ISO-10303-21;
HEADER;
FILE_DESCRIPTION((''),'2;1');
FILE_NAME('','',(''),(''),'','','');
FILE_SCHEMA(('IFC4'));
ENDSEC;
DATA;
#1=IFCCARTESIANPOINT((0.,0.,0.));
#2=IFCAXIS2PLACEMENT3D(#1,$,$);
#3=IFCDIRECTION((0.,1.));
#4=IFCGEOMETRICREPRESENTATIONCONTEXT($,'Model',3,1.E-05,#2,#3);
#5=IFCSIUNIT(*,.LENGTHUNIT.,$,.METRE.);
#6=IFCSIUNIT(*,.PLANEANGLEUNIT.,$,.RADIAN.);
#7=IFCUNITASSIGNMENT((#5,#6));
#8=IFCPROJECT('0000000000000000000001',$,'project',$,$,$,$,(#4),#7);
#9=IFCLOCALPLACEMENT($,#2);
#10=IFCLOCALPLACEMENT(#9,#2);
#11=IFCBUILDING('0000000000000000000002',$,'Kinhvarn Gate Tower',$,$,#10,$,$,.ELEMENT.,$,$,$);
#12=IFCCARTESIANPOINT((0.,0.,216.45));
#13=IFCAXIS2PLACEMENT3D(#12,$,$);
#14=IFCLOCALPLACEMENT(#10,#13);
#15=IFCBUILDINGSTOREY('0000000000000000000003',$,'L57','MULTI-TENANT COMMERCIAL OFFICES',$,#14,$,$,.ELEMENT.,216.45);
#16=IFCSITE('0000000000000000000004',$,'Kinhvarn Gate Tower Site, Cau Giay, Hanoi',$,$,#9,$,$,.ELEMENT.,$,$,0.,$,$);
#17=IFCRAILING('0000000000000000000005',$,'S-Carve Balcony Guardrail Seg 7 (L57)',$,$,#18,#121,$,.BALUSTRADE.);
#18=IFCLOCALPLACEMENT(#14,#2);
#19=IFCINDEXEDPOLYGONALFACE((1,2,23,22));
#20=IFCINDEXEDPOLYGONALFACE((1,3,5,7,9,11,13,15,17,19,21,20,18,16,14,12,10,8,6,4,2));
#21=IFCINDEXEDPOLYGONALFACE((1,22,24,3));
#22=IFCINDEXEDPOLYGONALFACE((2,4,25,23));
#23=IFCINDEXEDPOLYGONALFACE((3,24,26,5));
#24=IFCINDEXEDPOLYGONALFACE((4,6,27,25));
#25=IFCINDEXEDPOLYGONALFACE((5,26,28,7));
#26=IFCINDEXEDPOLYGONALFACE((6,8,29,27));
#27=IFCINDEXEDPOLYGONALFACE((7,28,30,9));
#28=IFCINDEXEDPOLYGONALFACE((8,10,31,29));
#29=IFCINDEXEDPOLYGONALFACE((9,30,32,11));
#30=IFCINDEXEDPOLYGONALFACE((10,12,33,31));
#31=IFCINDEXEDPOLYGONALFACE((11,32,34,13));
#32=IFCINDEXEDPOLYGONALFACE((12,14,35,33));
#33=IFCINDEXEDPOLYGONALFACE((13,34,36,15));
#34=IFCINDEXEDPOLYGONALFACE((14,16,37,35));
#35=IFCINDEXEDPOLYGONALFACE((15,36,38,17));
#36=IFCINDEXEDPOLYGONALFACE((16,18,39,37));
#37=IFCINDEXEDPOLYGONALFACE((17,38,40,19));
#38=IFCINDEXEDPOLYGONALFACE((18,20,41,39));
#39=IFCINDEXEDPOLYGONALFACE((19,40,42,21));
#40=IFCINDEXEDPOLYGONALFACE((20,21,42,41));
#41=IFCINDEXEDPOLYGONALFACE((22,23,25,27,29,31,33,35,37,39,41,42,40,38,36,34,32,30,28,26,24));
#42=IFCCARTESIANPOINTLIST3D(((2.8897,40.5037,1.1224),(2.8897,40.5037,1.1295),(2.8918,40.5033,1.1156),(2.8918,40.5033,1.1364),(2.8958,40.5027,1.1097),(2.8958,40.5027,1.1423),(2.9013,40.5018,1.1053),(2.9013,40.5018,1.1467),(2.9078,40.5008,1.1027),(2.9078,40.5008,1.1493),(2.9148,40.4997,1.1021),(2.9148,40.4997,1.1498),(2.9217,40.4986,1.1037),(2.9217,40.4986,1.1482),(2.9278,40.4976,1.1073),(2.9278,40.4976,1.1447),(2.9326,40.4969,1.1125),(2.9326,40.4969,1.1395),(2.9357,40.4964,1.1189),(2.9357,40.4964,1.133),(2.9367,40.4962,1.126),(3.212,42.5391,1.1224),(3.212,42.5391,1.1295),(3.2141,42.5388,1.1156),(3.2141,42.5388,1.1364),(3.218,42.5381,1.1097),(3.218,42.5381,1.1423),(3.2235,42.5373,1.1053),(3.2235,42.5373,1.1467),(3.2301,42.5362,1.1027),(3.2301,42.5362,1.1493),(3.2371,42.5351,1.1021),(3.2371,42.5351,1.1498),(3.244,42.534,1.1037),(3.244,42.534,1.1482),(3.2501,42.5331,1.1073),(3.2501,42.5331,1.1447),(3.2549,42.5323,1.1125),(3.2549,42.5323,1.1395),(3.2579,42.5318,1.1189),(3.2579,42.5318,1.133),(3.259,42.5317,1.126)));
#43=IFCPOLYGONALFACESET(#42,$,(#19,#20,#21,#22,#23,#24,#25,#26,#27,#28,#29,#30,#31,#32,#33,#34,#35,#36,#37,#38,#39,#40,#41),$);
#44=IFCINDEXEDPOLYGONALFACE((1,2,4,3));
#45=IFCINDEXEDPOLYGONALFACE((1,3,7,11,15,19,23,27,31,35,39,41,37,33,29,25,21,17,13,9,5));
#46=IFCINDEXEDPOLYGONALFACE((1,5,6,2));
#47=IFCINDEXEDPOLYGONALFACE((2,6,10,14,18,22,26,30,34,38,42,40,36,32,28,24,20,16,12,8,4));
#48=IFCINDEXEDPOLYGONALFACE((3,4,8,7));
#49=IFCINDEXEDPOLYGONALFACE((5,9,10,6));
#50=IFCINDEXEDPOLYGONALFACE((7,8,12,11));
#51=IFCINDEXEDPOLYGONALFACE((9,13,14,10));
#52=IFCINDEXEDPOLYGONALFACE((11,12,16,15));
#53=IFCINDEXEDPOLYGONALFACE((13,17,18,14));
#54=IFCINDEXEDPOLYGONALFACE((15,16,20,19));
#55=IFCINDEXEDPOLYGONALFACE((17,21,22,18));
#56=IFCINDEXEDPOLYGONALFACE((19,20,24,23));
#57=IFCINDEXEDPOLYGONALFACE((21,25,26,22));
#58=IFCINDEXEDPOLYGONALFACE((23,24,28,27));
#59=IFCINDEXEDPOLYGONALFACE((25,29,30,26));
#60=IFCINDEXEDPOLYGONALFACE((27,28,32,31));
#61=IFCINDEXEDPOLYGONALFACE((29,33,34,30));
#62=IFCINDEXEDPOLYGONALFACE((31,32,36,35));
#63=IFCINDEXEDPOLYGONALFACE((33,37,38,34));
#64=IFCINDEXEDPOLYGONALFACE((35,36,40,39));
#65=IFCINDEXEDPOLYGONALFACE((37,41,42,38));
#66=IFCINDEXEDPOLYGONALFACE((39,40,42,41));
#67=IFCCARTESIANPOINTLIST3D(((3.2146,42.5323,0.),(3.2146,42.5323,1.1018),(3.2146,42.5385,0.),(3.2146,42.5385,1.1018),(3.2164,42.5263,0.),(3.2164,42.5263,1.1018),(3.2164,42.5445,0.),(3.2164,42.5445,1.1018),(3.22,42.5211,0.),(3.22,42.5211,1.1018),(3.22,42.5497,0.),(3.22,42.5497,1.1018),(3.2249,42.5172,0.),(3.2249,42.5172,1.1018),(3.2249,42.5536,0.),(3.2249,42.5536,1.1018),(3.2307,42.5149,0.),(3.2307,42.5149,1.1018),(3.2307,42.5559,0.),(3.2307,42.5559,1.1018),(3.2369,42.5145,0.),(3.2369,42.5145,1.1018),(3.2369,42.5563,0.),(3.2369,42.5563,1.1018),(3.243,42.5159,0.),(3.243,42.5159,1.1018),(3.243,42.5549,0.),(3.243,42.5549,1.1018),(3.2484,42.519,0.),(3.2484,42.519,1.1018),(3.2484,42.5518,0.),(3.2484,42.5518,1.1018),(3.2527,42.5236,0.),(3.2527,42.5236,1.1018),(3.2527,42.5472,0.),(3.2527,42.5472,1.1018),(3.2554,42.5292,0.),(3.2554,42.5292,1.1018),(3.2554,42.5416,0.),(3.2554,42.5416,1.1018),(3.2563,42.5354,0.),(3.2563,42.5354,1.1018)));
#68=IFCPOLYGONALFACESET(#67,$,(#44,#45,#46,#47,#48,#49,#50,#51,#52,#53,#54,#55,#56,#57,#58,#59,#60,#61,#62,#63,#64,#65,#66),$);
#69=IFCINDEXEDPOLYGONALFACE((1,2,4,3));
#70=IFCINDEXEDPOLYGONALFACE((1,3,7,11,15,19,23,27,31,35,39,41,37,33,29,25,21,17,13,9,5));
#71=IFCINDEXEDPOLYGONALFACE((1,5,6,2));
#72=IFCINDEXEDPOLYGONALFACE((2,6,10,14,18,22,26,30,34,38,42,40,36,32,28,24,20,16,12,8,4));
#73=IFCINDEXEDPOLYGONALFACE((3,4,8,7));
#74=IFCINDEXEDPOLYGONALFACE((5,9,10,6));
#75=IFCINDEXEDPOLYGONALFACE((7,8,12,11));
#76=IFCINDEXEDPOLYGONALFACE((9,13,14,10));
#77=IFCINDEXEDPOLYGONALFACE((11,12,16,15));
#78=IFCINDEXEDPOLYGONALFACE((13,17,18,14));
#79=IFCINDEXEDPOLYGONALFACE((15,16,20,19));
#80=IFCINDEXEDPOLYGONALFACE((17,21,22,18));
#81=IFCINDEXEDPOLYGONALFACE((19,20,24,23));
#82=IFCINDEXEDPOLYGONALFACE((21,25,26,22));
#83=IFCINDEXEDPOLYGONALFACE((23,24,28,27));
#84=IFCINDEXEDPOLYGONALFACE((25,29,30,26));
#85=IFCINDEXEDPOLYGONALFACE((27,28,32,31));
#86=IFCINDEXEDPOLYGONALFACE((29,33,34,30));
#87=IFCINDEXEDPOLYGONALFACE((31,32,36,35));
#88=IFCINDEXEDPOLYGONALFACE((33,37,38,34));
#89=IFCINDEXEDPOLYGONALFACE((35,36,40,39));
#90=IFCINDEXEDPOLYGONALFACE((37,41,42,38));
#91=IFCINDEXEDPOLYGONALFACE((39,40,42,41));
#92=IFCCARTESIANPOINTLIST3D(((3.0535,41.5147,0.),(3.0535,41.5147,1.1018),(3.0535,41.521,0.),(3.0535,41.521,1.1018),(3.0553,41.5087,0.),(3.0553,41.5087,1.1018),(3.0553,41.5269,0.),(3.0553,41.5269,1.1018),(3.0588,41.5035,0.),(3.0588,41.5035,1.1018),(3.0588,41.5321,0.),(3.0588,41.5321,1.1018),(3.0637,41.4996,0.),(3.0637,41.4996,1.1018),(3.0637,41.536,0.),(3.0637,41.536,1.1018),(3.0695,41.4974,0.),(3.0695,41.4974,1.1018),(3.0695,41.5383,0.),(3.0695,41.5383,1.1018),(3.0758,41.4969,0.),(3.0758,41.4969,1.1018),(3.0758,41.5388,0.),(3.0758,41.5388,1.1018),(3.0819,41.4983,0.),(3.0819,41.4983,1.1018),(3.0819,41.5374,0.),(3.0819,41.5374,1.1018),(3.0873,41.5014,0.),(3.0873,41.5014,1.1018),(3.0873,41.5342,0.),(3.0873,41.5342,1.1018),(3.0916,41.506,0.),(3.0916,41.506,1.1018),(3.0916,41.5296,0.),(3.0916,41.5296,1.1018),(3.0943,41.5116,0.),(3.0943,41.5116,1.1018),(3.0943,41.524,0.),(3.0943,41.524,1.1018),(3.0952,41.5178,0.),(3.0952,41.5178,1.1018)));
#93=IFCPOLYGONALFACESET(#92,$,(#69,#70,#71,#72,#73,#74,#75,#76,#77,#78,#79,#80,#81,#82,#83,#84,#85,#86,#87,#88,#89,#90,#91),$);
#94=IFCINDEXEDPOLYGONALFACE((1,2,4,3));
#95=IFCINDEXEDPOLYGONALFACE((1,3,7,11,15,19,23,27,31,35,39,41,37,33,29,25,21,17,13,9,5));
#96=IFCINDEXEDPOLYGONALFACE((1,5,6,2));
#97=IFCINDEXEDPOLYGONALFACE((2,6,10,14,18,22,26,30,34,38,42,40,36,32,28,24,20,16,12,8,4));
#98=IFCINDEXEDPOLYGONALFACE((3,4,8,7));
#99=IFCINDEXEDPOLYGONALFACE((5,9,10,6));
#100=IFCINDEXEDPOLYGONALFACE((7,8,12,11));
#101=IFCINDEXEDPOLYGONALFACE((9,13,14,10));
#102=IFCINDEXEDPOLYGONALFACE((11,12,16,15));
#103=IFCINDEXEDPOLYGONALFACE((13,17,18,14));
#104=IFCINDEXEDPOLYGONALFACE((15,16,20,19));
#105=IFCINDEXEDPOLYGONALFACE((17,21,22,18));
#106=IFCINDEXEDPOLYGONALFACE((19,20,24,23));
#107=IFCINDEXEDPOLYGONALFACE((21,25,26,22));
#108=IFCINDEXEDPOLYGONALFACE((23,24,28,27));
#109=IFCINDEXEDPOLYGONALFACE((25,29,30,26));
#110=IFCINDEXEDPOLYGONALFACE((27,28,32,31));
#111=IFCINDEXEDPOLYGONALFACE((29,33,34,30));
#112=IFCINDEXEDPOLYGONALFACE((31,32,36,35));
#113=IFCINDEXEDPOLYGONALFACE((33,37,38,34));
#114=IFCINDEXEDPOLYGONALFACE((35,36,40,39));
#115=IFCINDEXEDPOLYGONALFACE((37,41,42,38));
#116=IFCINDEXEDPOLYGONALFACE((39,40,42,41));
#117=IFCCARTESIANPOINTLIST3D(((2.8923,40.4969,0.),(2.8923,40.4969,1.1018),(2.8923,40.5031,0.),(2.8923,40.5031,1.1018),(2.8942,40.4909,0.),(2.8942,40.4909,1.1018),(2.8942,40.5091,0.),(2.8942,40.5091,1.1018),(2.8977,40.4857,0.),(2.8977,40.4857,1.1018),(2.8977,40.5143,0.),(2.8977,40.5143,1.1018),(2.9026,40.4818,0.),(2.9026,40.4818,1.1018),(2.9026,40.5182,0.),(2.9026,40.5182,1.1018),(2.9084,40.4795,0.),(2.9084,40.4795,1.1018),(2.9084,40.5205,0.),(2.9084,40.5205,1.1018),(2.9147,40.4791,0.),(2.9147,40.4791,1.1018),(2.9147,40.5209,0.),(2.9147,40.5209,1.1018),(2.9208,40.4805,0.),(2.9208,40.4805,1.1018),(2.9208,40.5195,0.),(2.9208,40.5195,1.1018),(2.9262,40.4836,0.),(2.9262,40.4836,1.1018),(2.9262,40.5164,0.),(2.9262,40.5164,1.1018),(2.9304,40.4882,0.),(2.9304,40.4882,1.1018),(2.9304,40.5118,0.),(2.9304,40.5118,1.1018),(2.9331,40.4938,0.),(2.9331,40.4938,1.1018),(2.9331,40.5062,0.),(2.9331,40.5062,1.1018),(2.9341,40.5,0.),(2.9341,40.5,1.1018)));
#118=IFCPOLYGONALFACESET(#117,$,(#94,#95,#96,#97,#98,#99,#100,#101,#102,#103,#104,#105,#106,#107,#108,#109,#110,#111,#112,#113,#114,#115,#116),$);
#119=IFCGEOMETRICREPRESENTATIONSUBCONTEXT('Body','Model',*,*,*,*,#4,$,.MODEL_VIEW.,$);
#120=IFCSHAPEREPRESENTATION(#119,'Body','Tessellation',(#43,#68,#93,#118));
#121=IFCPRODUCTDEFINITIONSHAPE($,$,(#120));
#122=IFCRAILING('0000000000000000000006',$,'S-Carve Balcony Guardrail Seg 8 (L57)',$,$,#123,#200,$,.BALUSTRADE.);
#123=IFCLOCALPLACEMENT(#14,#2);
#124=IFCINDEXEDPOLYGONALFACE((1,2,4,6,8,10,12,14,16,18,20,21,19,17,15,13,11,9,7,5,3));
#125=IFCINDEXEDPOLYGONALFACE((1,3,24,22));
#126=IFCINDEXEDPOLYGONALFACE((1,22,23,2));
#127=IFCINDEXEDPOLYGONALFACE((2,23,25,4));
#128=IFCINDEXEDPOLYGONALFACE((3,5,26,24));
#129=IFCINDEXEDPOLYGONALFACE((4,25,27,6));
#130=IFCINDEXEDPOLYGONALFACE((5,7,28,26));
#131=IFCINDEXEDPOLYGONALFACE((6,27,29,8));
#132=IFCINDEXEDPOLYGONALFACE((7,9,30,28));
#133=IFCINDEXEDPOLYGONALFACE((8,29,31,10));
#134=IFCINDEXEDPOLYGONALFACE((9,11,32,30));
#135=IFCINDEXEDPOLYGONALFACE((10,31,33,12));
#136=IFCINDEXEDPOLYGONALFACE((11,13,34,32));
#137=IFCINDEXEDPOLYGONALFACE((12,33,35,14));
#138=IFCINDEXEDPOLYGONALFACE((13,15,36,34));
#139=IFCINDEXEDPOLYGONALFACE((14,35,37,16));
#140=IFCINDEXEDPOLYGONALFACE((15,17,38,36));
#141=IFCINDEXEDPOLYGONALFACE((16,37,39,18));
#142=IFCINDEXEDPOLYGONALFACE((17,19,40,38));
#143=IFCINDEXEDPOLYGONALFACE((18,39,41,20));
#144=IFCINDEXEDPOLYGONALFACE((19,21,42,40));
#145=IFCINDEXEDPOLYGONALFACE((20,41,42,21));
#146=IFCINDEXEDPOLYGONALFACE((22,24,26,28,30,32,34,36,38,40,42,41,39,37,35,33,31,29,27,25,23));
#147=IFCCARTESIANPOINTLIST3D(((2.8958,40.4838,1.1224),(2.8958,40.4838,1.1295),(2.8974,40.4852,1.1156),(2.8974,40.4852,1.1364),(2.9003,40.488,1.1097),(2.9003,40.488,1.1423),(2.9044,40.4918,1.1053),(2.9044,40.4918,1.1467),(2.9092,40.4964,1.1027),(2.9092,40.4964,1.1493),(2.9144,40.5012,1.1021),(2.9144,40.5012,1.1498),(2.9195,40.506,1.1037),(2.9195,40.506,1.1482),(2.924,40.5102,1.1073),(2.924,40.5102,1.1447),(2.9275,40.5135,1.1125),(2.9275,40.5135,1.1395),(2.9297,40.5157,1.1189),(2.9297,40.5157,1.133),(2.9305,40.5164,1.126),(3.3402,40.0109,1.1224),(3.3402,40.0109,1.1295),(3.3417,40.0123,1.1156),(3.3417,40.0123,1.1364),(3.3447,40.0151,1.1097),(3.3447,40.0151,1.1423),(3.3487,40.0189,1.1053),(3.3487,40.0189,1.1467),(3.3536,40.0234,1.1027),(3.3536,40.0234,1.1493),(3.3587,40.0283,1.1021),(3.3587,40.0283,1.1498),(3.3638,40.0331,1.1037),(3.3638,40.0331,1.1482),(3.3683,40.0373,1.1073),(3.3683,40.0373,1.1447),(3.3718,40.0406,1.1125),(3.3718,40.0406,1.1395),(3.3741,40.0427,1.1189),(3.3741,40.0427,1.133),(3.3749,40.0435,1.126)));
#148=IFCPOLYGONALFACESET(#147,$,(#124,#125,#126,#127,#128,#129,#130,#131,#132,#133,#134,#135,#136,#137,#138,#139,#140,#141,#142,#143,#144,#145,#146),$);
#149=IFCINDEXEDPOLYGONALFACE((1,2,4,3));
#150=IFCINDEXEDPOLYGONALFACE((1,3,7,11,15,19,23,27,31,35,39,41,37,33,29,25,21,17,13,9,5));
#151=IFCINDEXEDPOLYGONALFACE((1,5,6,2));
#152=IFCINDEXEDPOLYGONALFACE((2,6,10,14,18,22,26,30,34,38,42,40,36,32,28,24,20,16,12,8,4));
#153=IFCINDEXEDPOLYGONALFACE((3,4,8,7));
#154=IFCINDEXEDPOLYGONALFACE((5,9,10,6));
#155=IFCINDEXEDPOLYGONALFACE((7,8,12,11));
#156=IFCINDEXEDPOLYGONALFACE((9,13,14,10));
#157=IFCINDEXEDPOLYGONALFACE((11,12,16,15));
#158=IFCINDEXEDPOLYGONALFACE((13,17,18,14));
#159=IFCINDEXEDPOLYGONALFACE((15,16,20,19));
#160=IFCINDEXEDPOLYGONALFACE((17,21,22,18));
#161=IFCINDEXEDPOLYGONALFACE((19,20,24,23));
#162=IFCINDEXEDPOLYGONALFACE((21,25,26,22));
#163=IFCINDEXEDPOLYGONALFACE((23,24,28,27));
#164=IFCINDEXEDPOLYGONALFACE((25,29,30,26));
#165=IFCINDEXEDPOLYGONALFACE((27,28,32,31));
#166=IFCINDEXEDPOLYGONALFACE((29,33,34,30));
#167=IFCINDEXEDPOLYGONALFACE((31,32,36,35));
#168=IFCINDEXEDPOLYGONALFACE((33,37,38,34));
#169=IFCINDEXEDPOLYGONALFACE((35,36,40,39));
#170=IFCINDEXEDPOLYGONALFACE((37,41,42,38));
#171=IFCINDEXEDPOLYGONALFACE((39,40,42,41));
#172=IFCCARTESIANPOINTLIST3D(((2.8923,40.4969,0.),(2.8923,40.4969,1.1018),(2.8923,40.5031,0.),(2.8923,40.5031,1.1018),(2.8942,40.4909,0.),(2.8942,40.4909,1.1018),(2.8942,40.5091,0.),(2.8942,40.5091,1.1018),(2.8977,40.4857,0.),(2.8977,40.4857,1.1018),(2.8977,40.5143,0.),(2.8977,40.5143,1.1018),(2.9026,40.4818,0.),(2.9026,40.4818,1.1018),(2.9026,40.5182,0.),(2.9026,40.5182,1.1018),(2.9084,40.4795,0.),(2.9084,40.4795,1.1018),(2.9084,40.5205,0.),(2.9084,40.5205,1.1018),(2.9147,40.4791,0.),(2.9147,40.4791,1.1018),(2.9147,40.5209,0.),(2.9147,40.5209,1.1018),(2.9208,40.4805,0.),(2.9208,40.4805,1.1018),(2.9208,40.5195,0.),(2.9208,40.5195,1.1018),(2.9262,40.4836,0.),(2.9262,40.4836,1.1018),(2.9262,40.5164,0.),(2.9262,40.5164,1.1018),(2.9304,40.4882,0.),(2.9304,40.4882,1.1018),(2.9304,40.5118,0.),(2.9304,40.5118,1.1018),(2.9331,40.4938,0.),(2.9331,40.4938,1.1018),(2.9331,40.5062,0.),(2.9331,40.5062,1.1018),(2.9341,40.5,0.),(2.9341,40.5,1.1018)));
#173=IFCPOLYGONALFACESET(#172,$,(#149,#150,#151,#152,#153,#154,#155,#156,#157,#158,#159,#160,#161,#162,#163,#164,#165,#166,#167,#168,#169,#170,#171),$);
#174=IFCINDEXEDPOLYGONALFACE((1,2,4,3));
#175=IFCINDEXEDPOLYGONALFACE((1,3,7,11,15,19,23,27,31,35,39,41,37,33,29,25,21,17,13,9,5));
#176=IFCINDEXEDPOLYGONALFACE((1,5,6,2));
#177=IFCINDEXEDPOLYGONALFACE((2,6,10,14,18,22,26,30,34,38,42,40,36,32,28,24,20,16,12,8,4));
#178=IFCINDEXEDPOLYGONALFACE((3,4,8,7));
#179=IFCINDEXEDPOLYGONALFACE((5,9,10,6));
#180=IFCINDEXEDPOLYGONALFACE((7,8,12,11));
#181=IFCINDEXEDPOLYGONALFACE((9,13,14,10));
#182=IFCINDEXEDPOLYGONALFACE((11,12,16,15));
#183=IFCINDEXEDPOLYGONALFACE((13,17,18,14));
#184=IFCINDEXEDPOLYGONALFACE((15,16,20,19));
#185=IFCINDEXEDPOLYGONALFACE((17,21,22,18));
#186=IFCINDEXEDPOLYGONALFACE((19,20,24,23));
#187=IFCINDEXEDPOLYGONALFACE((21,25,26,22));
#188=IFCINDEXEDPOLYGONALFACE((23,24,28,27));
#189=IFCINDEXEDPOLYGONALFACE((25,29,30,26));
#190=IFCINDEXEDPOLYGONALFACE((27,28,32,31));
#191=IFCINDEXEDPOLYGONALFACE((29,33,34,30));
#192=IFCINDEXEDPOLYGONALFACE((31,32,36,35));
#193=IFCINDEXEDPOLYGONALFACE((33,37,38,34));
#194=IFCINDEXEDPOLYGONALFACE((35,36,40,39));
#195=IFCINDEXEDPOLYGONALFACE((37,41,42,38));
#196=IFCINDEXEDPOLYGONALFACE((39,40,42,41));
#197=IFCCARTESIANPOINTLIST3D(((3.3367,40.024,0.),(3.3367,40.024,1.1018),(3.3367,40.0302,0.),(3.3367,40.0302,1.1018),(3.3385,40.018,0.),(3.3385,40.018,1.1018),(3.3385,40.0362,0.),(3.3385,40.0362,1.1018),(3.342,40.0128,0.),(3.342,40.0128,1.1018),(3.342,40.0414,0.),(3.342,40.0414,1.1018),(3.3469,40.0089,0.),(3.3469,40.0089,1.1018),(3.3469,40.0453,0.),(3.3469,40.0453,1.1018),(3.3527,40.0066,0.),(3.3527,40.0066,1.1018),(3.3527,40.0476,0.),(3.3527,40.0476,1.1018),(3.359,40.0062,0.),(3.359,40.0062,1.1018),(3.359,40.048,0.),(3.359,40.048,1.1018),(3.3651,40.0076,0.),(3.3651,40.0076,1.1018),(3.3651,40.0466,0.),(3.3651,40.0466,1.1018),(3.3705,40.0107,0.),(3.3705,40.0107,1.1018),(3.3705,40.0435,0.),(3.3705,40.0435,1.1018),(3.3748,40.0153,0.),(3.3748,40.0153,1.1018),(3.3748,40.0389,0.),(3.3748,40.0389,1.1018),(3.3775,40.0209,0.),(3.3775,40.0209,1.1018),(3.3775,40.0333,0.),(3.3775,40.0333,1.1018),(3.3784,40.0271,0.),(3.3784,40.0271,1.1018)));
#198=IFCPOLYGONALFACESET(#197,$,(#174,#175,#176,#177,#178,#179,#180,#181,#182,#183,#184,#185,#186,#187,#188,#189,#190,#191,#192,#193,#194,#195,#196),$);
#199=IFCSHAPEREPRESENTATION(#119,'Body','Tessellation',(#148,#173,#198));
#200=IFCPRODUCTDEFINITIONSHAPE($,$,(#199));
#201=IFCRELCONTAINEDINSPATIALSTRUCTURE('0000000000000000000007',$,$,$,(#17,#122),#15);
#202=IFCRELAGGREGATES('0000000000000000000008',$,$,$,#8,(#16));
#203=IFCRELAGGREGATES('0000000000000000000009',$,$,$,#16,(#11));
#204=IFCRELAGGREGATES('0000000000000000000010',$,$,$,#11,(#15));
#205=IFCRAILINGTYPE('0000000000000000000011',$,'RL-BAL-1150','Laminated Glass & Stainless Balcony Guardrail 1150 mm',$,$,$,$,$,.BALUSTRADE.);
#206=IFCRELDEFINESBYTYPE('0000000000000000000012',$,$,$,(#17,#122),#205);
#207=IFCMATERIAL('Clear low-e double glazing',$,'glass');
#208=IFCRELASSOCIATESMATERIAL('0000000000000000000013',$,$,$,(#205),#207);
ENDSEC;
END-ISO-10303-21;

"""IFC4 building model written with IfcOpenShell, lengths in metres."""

from ifc_helpers import new_model, si_unit, direction, frame, origin, origin_2d, place, context, subcontext, project, spatial, circle, extrude, material, type_object, element, save


model = new_model("IFC4")

# Units and contexts
model_context = context("Model", 3, precision=1e-05, world=origin(), true_north=direction((0.0, 1.0)))
body_context = subcontext(model_context, "Body", "Model", "MODEL_VIEW")
ifc_project = project(units=[si_unit("LENGTHUNIT", "METRE"), si_unit("PLANEANGLEUNIT", "RADIAN")], contexts=[model_context])

# Site, building, storey
site_placement = place(None, origin())
site = spatial("IfcSite", under=ifc_project, at=site_placement, Name="Kinhvarn Gate Tower Site, Cau Giay, Hanoi", CompositionType="ELEMENT", RefElevation=0.0)
building_placement = place(site_placement, origin())
building = spatial("IfcBuilding", under=site, at=building_placement, Name="Kinhvarn Gate Tower", CompositionType="ELEMENT")
storey_placement = place(building_placement, frame((0.0, 0.0, 216.45)))
storey = spatial("IfcBuildingStorey", under=building, at=storey_placement, Name="L57", Description="MULTI-TENANT COMMERCIAL OFFICES", CompositionType="ELEMENT", Elevation=216.45)

# Shared definitions
ifc_material_1 = material(Name="Clear low-e double glazing", Category="glass")

# Railings
railing_type = type_object("IfcRailingType", Name="RL-BAL-1150", Description="Laminated Glass & Stainless Balcony Guardrail 1150 mm", PredefinedType="BALUSTRADE", material=ifc_material_1)
railing_1_placement = place(storey_placement, frame((3.2354, 42.5354, 0.0)))
element("IfcRailing", 1, at=railing_1_placement, inside=storey, type_object=railing_type, Name="S-Carve Balcony Guardrail Seg 7 (L57)", PredefinedType="BALUSTRADE", context=body_context, shape_type="SweptSolid", body=[
    extrude(circle(Radius=0.0239, at=origin_2d()), frame((0.0, 0.0, 1.126), z_axis=(-0.156382, -0.987697, 0.0), x_axis=(0.987697, -0.156382, 0.0)), (0.0, 0.0, 1.0), 2.0608),
    extrude(circle(Radius=0.021, at=origin_2d()), origin(), (0.0, 0.0, 1.0), 1.1018),
    extrude(circle(Radius=0.021, at=origin_2d()), frame((-0.1611, -1.0176, 0.0)), (0.0, 0.0, 1.0), 1.1018),
    extrude(circle(Radius=0.021, at=origin_2d()), frame((-0.3223, -2.0354, 0.0)), (0.0, 0.0, 1.0), 1.1018),
])
railing_2_placement = place(storey_placement, frame((2.9131, 40.5, 0.0)))
element("IfcRailing", 2, at=railing_2_placement, inside=storey, type_object=railing_type, Name="S-Carve Balcony Guardrail Seg 8 (L57)", PredefinedType="BALUSTRADE", context=body_context, shape_type="SweptSolid", body=[
    extrude(circle(Radius=0.0239, at=origin_2d()), frame((0.0, 0.0, 1.126), z_axis=(0.684754, -0.728774, 0.0), x_axis=(0.728774, 0.684754, 0.0)), (0.0, 0.0, 1.0), 0.6489),
    extrude(circle(Radius=0.021, at=origin_2d()), origin(), (0.0, 0.0, 1.0), 1.1018),
    extrude(circle(Radius=0.021, at=origin_2d()), frame((0.4443, -0.4729, 0.0)), (0.0, 0.0, 1.0), 1.1018),
])

save(model, "model.ifc")
